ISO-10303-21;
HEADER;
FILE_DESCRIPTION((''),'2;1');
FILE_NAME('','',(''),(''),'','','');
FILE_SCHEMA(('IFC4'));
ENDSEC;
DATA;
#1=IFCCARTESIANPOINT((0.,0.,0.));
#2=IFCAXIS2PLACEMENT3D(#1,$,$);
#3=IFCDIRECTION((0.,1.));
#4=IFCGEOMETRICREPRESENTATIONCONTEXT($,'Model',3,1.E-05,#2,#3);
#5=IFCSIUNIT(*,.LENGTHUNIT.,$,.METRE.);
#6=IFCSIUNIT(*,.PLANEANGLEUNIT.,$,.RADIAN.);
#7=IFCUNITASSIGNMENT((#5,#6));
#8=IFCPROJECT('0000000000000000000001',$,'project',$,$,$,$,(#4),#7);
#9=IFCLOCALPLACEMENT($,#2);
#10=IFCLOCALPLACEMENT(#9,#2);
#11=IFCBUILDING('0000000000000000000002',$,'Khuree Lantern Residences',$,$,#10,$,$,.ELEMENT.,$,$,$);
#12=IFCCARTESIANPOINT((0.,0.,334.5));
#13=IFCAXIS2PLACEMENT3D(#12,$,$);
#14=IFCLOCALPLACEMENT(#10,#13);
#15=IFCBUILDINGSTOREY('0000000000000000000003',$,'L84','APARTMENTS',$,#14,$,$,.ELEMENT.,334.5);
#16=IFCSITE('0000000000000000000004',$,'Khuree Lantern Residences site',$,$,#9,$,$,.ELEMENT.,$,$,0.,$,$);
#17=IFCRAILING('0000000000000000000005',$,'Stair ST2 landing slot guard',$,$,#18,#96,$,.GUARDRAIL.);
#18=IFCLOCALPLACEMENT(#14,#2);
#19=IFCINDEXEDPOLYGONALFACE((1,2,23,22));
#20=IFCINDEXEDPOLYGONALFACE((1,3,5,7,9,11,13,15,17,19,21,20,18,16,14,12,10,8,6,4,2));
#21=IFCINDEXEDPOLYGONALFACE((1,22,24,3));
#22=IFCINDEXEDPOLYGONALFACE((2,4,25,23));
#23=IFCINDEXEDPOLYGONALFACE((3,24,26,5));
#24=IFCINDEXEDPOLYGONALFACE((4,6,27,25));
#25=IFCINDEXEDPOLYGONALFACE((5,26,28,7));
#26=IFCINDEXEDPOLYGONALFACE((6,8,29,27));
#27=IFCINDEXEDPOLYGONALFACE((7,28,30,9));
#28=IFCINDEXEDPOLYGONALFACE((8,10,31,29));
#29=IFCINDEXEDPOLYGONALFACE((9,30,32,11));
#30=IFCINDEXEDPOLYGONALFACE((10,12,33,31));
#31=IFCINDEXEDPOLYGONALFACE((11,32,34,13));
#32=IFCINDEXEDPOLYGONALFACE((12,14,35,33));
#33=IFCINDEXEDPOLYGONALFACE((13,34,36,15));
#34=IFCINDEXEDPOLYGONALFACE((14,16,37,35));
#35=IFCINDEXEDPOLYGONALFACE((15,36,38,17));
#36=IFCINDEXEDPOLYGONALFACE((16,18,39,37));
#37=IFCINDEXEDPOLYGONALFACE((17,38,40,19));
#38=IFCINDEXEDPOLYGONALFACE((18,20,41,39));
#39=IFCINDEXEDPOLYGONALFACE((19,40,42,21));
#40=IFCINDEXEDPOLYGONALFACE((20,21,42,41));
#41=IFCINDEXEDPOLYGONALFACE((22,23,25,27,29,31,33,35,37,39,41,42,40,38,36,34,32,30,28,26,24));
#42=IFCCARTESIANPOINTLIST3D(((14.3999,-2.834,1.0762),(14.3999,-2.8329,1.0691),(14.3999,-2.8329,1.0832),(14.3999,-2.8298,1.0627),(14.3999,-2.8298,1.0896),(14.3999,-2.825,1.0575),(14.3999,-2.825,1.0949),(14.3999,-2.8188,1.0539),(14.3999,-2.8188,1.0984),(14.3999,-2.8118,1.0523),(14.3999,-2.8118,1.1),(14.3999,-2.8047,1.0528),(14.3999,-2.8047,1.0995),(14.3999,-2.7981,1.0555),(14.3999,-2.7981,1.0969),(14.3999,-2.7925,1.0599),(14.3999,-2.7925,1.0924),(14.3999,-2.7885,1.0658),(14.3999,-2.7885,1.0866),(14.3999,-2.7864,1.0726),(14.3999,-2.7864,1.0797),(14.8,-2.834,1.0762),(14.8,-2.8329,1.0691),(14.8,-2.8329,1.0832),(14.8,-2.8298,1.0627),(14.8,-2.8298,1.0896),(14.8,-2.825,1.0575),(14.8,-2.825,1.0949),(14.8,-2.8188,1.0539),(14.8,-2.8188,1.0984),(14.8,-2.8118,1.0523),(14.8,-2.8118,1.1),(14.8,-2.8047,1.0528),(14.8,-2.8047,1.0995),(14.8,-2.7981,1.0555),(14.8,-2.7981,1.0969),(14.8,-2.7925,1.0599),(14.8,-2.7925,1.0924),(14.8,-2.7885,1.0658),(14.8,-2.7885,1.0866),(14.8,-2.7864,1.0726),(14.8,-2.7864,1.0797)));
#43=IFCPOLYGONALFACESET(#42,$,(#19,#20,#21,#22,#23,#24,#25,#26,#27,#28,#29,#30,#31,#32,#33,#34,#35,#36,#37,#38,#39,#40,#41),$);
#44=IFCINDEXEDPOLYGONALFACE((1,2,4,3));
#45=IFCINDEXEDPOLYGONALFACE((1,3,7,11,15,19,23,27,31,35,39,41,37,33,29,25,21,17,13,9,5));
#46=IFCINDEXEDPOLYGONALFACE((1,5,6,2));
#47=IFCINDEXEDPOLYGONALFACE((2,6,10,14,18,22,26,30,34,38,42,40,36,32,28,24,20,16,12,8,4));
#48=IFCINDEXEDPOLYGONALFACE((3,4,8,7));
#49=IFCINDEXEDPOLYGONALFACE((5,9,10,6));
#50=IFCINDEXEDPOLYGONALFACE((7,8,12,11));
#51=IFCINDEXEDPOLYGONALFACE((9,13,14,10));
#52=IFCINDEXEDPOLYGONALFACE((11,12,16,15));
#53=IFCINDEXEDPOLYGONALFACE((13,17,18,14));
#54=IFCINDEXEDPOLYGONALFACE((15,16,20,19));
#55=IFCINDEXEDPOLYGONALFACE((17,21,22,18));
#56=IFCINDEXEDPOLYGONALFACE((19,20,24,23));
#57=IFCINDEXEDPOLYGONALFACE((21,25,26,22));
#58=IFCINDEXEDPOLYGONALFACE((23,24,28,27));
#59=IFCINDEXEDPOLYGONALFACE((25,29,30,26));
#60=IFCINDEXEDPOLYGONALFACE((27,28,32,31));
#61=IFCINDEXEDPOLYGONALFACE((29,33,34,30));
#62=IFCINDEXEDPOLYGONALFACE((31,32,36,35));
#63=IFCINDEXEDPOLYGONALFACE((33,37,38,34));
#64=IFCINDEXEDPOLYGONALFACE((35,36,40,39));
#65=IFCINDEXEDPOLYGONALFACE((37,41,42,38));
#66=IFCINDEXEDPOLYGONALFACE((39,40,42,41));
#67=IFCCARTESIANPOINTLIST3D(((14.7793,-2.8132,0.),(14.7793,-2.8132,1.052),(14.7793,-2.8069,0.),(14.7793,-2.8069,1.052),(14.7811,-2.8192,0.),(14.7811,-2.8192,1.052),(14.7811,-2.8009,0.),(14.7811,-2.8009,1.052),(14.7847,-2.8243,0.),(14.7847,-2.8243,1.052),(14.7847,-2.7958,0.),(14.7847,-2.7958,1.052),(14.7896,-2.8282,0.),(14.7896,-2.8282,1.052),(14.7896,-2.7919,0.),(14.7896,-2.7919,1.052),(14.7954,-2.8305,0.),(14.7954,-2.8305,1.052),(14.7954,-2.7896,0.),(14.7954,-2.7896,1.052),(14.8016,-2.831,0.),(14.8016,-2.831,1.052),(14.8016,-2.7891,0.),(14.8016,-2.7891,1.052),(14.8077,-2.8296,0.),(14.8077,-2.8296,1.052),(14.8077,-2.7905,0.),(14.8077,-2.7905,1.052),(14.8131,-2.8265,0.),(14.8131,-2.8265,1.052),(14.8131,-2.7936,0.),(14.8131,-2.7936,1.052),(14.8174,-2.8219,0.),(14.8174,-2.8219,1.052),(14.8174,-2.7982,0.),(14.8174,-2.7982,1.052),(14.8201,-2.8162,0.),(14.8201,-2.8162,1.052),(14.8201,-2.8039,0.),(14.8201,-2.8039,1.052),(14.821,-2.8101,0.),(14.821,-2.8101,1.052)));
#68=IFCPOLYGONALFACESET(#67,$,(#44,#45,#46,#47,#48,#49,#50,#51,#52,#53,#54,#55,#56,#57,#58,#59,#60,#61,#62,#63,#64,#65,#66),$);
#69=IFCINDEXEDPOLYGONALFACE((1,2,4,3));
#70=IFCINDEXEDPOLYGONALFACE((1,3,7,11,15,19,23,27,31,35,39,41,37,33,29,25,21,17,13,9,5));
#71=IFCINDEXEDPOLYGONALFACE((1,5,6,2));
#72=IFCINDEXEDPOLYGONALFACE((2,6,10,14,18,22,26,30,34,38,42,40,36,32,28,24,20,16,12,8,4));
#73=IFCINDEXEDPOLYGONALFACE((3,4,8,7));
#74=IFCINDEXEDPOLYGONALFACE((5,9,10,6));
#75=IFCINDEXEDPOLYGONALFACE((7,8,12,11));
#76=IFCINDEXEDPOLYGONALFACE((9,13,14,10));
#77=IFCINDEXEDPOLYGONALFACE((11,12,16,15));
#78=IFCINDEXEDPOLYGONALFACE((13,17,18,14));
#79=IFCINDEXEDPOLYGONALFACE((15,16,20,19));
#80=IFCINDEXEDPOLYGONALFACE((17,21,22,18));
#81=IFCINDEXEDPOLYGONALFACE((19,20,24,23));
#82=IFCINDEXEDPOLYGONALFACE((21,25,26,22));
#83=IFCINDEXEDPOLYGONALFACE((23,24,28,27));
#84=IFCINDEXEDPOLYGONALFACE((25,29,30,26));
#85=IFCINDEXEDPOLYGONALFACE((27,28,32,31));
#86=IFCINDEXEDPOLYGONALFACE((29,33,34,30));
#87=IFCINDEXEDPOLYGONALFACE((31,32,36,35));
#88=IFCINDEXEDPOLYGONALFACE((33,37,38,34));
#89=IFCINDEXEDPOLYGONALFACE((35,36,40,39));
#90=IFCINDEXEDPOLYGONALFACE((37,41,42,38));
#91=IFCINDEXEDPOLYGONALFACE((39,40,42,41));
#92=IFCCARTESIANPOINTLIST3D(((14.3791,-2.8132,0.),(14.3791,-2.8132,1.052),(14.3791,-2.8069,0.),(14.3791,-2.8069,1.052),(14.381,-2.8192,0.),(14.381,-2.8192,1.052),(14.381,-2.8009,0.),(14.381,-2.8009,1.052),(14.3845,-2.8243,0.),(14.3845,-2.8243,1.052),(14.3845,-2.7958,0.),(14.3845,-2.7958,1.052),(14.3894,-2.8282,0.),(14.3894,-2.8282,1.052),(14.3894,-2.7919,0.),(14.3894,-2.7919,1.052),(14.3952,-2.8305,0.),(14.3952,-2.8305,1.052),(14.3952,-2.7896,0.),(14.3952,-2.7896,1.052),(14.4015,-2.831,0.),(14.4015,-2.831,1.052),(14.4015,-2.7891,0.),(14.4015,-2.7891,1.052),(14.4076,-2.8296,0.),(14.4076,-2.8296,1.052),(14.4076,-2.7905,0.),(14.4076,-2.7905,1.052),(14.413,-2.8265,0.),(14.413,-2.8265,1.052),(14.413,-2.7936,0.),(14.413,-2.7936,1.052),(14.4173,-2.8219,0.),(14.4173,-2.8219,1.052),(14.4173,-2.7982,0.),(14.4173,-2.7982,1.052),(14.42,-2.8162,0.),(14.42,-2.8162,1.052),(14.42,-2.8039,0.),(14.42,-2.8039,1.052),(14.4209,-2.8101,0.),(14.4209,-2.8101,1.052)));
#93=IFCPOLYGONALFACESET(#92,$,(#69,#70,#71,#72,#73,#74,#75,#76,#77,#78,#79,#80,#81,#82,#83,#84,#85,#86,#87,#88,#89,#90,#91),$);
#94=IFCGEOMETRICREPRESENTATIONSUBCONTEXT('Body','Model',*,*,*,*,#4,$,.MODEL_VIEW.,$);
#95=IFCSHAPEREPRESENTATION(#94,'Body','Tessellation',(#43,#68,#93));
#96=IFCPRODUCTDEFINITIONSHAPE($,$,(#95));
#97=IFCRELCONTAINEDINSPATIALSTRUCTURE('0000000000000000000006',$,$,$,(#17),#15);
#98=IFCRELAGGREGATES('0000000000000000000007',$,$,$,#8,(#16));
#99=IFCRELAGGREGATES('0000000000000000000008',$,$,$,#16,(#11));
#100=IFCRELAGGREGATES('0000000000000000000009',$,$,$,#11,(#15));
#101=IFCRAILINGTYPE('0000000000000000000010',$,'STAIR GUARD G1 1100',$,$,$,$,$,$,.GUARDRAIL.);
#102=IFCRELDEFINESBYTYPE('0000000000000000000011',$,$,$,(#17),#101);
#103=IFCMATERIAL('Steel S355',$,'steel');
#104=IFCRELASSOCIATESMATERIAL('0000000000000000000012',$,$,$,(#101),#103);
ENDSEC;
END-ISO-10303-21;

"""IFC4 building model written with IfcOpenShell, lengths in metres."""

from ifc_helpers import new_model, si_unit, direction, frame, origin, origin_2d, place, context, subcontext, project, spatial, circle, extrude, material, type_object, element, save


model = new_model("IFC4")

# Units and contexts
model_context = context("Model", 3, precision=1e-05, world=origin(), true_north=direction((0.0, 1.0)))
body_context = subcontext(model_context, "Body", "Model", "MODEL_VIEW")
ifc_project = project(units=[si_unit("LENGTHUNIT", "METRE"), si_unit("PLANEANGLEUNIT", "RADIAN")], contexts=[model_context])

# Site, building, storey
site_placement = place(None, origin())
site = spatial("IfcSite", under=ifc_project, at=site_placement, Name="Khuree Lantern Residences site", CompositionType="ELEMENT", RefElevation=0.0)
building_placement = place(site_placement, origin())
building = spatial("IfcBuilding", under=site, at=building_placement, Name="Khuree Lantern Residences", CompositionType="ELEMENT")
storey_placement = place(building_placement, frame((0.0, 0.0, 334.5)))
storey = spatial("IfcBuildingStorey", under=building, at=storey_placement, Name="L84", Description="APARTMENTS", CompositionType="ELEMENT", Elevation=334.5)

# Shared definitions
ifc_material_1 = material(Name="Steel S355", Category="steel")

# Railing
railing_type_1 = type_object("IfcRailingType", Name="STAIR GUARD G1 1100", PredefinedType="GUARDRAIL", material=ifc_material_1)
railing_1_placement = place(storey_placement, frame((14.8, -2.8101, 0.0)))
element("IfcRailing", 1, at=railing_1_placement, inside=storey, type_object=railing_type_1, Name="Stair ST2 landing slot guard", PredefinedType="GUARDRAIL", context=body_context, shape_type="SweptSolid", body=[
    extrude(circle(Radius=0.0239, at=origin_2d()), frame((0.0, 0.0, 1.0762), z_axis=(-1.0, 0.0, 0.0), x_axis=(0.0, -1.0, 0.0)), (0.0, 0.0, 1.0), 0.4001),
    extrude(circle(Radius=0.021, at=origin_2d()), origin(), (0.0, 0.0, 1.0), 1.052),
    extrude(circle(Radius=0.021, at=origin_2d()), frame((-0.4001, 0.0, 0.0)), (0.0, 0.0, 1.0), 1.052),
])

save(model, "model.ifc")
